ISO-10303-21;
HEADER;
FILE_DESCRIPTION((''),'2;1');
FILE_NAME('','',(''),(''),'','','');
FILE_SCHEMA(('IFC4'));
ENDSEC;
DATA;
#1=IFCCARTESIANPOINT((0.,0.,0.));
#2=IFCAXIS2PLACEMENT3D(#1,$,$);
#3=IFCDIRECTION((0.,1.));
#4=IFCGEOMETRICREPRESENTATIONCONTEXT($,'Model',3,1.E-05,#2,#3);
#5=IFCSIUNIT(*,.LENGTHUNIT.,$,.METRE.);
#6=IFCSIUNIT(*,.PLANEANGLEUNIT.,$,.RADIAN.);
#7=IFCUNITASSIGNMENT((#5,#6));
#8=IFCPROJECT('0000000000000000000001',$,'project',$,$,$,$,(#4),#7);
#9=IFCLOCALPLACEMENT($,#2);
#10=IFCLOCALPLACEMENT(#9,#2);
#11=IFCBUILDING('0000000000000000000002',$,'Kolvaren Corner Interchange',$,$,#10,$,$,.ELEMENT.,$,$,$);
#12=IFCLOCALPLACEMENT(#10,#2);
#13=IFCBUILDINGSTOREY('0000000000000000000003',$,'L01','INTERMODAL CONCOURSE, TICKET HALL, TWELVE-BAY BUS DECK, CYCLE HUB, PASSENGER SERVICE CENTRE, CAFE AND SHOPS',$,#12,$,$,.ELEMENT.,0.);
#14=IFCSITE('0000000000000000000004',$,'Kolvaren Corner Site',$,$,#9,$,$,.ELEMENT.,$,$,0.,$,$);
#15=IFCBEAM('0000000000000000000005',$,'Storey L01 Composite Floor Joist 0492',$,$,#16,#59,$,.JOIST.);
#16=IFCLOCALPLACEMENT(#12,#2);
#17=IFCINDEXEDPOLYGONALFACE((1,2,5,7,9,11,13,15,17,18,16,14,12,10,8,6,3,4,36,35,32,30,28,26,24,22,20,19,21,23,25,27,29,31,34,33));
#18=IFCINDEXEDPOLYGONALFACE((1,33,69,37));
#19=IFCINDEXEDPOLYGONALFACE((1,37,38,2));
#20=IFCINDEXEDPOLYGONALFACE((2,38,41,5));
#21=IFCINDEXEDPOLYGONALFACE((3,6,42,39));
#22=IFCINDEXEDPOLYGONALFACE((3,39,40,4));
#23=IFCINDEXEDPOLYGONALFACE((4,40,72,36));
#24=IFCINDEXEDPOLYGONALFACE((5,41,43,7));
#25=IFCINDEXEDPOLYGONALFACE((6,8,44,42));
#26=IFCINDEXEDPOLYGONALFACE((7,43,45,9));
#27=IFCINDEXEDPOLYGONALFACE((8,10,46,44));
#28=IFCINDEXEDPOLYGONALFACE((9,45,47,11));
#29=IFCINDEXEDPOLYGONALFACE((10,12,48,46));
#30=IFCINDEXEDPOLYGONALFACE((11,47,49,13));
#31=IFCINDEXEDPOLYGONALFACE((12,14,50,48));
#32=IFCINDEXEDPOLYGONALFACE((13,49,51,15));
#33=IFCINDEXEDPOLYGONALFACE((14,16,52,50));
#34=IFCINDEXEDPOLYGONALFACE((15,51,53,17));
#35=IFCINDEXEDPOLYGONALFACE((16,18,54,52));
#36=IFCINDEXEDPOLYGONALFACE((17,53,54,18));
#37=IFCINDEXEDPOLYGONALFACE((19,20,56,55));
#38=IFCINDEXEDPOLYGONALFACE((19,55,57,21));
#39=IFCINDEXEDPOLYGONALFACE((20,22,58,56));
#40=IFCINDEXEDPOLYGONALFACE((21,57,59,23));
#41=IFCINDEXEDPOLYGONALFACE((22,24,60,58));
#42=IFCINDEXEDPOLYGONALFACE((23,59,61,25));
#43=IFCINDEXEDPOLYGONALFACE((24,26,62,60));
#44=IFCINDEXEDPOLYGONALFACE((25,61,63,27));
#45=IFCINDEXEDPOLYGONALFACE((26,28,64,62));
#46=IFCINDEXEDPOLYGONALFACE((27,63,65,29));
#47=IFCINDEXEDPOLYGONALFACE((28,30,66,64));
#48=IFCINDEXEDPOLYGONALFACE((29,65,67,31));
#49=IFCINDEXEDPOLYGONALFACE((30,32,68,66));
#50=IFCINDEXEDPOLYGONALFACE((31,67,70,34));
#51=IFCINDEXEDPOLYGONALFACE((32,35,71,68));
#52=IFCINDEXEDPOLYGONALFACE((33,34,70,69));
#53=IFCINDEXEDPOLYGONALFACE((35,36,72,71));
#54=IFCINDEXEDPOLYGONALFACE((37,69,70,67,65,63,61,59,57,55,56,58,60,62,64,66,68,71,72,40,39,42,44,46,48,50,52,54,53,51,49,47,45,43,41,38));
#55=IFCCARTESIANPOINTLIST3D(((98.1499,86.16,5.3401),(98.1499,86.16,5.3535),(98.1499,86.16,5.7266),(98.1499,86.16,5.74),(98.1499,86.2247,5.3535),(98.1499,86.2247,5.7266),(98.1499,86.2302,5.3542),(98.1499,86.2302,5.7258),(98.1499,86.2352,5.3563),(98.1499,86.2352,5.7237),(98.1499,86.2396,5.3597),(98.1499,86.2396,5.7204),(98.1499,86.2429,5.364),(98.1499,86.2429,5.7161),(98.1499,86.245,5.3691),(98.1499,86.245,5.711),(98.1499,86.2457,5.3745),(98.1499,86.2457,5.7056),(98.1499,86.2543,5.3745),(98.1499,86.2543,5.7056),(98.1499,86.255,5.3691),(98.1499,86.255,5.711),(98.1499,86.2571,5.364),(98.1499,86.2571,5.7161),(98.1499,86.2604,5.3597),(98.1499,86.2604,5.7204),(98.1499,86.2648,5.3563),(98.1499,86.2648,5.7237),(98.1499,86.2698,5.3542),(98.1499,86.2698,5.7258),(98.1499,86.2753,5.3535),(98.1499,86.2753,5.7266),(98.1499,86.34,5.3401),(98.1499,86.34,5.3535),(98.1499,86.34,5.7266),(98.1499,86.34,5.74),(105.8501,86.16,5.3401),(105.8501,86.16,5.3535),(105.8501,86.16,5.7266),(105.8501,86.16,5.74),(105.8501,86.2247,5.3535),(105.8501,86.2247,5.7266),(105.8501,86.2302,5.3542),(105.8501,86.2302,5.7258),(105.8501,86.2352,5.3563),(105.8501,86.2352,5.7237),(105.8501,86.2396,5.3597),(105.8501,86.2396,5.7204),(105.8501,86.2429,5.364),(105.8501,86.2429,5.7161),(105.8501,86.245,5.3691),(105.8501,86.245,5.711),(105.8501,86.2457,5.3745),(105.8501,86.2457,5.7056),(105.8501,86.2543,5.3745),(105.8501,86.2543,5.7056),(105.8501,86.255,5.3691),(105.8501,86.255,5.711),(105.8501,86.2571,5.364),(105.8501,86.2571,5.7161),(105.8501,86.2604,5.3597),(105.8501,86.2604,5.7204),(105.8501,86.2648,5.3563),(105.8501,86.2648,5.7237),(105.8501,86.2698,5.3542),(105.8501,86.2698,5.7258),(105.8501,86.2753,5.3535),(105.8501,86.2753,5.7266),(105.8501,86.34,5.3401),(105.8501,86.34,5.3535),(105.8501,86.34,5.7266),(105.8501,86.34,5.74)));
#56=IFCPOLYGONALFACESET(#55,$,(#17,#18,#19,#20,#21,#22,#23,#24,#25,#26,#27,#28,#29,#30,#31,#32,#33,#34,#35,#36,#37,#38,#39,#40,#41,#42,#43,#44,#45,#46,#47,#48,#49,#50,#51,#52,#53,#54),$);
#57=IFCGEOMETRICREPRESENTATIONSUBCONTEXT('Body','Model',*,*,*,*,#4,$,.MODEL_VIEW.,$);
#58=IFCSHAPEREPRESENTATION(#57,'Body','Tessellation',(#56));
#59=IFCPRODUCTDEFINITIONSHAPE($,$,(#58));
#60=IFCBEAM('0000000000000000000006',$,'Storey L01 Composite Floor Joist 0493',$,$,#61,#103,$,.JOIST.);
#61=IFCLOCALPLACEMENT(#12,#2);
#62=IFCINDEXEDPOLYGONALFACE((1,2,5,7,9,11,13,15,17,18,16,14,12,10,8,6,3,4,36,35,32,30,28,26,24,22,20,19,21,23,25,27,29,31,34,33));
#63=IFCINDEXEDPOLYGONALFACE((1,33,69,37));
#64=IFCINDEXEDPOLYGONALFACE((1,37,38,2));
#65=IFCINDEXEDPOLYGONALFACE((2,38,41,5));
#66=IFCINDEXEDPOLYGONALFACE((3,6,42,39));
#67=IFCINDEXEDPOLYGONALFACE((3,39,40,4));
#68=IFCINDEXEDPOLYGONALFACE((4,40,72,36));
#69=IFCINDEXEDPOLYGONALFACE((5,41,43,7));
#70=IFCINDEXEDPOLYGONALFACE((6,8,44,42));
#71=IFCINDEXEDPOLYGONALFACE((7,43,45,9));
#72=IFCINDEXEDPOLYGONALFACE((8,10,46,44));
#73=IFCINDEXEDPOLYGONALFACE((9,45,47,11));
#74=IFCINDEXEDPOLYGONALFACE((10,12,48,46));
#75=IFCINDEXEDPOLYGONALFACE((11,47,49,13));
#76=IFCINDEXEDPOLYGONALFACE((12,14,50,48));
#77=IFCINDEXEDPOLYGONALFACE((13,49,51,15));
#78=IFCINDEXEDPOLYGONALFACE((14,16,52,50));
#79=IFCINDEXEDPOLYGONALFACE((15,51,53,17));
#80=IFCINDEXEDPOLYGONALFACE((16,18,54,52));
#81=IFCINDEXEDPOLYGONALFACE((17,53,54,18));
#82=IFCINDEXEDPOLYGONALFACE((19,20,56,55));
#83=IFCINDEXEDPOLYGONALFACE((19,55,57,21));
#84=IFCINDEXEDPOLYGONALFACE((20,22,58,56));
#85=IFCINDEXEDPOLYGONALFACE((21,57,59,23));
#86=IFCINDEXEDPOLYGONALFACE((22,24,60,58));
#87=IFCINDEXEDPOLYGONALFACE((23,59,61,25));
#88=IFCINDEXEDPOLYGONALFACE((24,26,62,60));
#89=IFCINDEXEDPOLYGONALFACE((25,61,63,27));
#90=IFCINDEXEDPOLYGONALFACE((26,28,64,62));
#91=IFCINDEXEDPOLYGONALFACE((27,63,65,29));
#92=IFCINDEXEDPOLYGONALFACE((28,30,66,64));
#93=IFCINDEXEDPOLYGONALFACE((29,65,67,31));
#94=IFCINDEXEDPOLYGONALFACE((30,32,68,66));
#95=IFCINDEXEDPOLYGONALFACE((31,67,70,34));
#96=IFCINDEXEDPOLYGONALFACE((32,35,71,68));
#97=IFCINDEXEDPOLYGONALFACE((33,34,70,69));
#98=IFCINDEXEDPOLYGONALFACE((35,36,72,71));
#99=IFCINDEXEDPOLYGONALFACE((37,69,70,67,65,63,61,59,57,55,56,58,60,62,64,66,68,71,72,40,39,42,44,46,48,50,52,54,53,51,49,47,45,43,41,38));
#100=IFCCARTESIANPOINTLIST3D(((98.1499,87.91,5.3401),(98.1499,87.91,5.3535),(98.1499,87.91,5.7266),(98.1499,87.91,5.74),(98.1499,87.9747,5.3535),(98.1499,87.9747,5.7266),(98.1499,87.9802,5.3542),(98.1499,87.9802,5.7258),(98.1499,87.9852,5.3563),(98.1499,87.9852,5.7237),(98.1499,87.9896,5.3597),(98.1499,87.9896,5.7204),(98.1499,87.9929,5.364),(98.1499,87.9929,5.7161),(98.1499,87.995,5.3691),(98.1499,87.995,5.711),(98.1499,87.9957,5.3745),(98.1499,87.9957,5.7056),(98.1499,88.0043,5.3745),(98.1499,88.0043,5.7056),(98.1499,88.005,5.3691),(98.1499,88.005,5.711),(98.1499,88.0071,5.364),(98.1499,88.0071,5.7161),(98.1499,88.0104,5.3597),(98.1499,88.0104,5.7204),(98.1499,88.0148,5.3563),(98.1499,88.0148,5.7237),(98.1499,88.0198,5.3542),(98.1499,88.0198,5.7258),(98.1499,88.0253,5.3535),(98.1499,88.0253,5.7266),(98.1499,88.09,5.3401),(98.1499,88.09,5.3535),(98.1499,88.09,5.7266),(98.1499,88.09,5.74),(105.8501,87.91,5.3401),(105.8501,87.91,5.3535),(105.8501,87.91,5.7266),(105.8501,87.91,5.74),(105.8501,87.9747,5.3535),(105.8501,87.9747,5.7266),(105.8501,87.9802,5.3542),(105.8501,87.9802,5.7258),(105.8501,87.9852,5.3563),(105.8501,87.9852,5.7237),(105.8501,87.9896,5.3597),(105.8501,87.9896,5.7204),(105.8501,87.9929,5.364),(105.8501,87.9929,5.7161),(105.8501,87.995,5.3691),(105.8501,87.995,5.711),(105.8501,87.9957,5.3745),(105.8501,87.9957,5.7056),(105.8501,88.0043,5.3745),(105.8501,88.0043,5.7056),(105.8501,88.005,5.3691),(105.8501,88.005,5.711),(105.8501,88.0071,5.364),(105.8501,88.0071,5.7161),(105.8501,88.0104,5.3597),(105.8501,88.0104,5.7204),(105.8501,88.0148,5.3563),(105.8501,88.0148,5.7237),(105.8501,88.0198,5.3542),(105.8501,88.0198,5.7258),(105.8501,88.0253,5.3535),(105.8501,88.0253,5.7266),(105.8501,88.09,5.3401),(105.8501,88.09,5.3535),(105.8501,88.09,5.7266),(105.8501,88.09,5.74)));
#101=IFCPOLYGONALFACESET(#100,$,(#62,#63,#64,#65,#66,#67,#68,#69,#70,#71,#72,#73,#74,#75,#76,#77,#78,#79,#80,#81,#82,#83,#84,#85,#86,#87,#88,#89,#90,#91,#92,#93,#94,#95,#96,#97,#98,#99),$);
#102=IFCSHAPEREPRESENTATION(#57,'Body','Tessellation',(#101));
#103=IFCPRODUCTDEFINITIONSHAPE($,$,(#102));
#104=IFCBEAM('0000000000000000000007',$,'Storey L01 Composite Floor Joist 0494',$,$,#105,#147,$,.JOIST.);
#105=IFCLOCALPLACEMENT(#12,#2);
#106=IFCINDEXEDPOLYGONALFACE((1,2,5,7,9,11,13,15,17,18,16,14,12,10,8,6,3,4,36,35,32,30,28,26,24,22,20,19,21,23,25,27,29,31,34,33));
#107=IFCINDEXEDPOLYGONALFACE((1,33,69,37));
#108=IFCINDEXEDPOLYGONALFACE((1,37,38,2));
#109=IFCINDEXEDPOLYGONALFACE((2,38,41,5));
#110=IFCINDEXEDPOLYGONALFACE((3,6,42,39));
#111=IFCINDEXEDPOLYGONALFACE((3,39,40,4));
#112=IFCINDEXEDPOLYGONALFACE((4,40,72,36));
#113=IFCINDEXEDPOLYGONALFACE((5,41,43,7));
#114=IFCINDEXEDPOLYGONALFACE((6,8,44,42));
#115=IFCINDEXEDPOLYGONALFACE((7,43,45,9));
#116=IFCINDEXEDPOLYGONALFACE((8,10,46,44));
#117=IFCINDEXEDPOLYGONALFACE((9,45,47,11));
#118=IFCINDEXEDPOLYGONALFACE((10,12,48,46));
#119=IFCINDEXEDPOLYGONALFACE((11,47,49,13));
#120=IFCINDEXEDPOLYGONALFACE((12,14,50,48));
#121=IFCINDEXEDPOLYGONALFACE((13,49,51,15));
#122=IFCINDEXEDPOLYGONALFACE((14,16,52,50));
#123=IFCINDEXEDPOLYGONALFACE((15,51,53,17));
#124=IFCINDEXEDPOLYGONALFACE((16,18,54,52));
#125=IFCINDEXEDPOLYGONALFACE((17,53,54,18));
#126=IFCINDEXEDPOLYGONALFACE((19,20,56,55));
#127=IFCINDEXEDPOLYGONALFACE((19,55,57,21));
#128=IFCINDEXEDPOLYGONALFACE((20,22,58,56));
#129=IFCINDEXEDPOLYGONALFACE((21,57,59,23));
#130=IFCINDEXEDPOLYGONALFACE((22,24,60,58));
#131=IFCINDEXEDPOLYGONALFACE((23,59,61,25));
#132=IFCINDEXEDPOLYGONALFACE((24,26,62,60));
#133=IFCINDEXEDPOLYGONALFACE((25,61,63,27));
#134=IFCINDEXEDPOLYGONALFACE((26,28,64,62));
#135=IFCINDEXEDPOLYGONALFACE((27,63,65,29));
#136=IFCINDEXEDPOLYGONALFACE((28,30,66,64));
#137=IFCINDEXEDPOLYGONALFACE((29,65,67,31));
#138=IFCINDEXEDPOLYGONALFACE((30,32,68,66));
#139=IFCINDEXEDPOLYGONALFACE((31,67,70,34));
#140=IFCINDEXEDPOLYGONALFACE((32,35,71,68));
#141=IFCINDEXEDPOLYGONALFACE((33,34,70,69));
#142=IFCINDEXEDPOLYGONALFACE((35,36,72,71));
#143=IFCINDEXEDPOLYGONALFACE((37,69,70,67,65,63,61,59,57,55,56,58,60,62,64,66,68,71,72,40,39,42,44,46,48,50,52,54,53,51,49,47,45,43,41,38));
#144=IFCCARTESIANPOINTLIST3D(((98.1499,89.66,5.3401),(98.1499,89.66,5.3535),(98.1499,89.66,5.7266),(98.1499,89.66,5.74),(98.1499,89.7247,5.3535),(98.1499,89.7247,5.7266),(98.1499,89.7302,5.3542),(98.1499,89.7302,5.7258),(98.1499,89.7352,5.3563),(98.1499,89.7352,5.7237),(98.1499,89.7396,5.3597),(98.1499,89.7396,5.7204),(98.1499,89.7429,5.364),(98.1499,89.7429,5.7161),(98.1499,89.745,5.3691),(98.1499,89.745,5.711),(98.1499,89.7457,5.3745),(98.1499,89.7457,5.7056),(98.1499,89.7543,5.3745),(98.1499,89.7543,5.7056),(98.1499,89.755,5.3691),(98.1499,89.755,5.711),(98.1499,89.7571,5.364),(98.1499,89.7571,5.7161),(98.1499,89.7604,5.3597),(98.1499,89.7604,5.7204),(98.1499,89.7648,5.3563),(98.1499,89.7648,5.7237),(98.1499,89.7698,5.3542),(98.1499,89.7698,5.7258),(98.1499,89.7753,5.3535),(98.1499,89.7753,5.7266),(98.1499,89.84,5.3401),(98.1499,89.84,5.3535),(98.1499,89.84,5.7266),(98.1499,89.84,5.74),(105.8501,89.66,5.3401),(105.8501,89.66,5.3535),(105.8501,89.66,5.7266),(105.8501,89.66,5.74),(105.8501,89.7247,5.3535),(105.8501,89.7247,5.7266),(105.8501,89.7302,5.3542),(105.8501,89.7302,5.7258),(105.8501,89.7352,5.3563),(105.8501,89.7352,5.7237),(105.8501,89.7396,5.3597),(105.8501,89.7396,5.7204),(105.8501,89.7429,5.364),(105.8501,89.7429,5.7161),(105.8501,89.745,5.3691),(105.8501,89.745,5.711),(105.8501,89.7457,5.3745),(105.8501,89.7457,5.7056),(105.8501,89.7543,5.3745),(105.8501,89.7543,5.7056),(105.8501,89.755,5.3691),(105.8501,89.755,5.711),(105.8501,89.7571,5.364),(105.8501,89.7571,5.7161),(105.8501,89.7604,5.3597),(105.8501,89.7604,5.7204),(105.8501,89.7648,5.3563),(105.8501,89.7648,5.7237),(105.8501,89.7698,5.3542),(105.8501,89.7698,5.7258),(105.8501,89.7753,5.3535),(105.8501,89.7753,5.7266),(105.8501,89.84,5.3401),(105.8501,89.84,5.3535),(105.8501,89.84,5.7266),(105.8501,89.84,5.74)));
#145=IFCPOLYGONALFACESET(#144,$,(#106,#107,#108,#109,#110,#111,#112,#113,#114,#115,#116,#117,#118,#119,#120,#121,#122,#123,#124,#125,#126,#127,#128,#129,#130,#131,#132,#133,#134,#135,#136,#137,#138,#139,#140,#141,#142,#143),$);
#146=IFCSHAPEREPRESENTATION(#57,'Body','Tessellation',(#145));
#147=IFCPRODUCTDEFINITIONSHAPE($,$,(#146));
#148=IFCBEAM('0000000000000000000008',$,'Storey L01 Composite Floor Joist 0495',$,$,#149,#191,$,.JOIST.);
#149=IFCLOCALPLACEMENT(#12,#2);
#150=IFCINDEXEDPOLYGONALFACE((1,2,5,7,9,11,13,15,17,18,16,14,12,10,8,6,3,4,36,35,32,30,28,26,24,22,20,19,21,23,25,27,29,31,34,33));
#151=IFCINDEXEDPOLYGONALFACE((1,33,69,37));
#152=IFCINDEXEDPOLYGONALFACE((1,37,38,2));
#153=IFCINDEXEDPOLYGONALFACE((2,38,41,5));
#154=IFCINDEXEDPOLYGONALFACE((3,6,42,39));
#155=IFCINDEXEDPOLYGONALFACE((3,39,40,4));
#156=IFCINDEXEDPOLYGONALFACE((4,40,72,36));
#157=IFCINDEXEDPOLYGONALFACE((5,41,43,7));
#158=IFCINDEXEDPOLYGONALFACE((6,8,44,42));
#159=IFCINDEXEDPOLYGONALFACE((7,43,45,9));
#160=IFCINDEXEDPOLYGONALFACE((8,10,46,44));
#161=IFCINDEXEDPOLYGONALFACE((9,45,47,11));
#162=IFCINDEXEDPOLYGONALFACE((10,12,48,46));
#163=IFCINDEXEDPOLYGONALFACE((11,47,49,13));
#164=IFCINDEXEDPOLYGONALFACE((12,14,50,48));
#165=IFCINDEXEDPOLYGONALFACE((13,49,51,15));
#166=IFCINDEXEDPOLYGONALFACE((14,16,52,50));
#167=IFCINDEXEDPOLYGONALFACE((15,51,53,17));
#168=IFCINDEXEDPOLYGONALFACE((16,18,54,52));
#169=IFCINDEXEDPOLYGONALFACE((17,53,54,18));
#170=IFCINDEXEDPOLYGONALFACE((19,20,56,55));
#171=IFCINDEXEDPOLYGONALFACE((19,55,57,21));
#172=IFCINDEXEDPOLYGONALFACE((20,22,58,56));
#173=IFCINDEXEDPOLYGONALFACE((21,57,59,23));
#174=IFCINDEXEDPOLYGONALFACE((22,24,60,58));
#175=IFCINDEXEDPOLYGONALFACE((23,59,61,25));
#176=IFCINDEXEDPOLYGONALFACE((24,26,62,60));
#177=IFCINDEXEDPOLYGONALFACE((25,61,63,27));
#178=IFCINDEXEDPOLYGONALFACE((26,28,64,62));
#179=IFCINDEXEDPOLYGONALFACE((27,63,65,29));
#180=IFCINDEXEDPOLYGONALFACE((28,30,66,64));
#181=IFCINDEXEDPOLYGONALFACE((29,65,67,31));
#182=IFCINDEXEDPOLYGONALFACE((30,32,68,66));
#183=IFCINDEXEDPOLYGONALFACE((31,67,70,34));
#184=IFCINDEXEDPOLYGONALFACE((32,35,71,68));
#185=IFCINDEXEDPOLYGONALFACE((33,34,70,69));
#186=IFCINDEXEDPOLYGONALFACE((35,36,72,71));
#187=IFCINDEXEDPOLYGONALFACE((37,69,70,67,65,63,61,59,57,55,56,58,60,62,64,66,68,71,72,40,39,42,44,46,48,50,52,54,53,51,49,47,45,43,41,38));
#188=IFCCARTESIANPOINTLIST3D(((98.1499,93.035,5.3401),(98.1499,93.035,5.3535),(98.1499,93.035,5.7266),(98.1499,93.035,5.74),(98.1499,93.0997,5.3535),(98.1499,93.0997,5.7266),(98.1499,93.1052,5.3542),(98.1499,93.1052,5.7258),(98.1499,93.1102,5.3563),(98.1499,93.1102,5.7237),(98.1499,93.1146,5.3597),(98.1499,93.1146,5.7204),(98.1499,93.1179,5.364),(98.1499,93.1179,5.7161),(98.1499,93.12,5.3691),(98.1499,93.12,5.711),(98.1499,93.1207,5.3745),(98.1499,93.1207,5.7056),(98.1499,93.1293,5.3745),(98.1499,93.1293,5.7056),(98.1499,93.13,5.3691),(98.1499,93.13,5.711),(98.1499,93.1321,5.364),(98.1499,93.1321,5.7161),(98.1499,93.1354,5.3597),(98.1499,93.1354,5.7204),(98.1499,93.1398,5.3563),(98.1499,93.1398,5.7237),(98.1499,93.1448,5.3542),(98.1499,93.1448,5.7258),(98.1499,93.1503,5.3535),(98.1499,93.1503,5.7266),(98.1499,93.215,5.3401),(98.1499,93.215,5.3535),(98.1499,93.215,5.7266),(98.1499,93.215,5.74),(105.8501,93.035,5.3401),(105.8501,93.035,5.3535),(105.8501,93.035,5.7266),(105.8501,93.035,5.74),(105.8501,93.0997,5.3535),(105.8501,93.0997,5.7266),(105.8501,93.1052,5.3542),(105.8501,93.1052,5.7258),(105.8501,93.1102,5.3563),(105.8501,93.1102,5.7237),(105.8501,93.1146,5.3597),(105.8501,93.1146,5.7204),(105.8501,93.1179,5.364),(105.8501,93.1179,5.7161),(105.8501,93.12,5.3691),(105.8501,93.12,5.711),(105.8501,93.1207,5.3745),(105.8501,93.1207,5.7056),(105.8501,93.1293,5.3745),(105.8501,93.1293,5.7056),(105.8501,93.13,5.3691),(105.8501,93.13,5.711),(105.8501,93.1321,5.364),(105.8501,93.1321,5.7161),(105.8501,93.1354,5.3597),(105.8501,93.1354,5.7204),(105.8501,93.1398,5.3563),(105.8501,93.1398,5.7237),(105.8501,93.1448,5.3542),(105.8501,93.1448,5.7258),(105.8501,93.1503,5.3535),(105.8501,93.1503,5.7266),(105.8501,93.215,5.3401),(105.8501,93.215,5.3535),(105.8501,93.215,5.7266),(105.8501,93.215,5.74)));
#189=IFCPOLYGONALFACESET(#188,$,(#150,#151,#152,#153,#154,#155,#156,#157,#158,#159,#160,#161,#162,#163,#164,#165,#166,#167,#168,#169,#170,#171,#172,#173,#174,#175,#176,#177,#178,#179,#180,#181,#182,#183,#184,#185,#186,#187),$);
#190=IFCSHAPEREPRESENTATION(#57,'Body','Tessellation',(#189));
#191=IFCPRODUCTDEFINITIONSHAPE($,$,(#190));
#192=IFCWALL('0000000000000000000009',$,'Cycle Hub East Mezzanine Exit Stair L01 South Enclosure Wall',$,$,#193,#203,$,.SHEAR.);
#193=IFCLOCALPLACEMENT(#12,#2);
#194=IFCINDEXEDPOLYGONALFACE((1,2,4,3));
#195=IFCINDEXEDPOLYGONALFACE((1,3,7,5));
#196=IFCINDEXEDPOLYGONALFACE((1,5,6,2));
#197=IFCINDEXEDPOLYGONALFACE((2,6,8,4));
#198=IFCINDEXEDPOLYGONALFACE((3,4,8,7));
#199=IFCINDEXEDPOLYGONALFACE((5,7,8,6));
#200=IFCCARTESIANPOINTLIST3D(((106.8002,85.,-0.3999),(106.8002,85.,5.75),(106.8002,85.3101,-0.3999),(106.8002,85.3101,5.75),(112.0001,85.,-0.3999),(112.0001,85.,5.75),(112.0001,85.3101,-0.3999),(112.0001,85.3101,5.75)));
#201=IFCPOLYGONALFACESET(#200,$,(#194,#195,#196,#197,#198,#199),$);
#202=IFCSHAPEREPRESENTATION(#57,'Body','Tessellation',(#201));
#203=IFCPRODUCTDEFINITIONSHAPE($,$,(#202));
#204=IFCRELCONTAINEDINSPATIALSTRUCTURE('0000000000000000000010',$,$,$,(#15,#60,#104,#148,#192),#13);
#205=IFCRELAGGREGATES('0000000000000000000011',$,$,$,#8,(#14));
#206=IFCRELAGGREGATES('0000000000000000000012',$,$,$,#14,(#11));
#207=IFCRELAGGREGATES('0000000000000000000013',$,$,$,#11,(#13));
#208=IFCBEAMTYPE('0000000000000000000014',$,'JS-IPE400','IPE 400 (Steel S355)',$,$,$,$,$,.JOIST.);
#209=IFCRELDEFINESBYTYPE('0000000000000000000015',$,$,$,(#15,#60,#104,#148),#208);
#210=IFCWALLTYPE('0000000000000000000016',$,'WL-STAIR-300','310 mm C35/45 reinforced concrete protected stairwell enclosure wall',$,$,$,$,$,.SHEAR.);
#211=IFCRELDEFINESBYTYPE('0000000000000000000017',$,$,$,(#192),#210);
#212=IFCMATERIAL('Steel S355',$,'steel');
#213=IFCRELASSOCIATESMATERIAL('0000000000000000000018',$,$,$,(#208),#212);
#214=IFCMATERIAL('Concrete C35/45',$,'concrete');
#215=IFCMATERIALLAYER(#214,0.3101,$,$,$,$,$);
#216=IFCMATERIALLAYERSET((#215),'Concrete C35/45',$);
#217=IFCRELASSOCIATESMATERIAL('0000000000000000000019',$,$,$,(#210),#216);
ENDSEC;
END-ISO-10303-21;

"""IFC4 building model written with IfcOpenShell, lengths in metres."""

from ifc_helpers import new_model, si_unit, direction, frame, frame_2d, origin, origin_2d, place, context, subcontext, project, spatial, rectangle, i_section, extrude, material, layer, layer_set, material_profile, profile_set, type_object, element, save


model = new_model("IFC4")

# Units and contexts
model_context = context("Model", 3, precision=1e-05, world=origin(), true_north=direction((0.0, 1.0)))
body_context = subcontext(model_context, "Body", "Model", "MODEL_VIEW")
ifc_project = project(units=[si_unit("LENGTHUNIT", "METRE"), si_unit("PLANEANGLEUNIT", "RADIAN")], contexts=[model_context])

# Site, building, storey
site_placement = place(None, origin())
site = spatial("IfcSite", under=ifc_project, at=site_placement, Name="Kolvaren Corner Site", CompositionType="ELEMENT", RefElevation=0.0)
building_placement = place(site_placement, origin())
building = spatial("IfcBuilding", under=site, at=building_placement, Name="Kolvaren Corner Interchange", CompositionType="ELEMENT")
storey_placement = place(building_placement, origin())
storey = spatial("IfcBuildingStorey", under=building, at=storey_placement, Name="L01", Description="INTERMODAL CONCOURSE, TICKET HALL, TWELVE-BAY BUS DECK, CYCLE HUB, PASSENGER SERVICE CENTRE, CAFE AND SHOPS", CompositionType="ELEMENT", Elevation=0.0)

# Beams
ifc_material_1 = material(Name="Steel S355", Category="steel")
ifc_material_profile_1 = material_profile(ifc_material_1, i_section(OverallWidth=0.1799, OverallDepth=0.3999, WebThickness=0.0085, FlangeThickness=0.0134, FilletRadius=0.021, at=origin_2d()), Name="IPE 400")
ifc_profile_set_1 = profile_set([ifc_material_profile_1], Name="Steel S355")
beam_type_1 = type_object("IfcBeamType", Name="JS-IPE400", Description="IPE 400 (Steel S355)", PredefinedType="JOIST", material=ifc_profile_set_1)
for number, where, z_axis, x_axis, name in (
    (1, (98.1499, 86.25, 5.54), (1.0, 0.0, 0.0), (0.0, 1.0, 0.0), "Storey L01 Composite Floor Joist 0492"),
    (2, (98.1499, 88.0, 5.54), (1.0, 0.0, 0.0), (0.0, 1.0, 0.0), "Storey L01 Composite Floor Joist 0493"),
    (3, (98.1499, 89.75, 5.54), (1.0, 0.0, 0.0), (0.0, 1.0, 0.0), "Storey L01 Composite Floor Joist 0494"),
    (4, (98.1499, 93.125, 5.54), (1.0, 0.0, 0.0), (0.0, 1.0, 0.0), "Storey L01 Composite Floor Joist 0495"),
):
    element("IfcBeam", number, at=place(storey_placement, frame(where, z_axis=z_axis, x_axis=x_axis)), inside=storey, type_object=beam_type_1, Name=name, PredefinedType="JOIST", context=body_context, shape_type="SweptSolid", body=[
        extrude(i_section(OverallWidth=0.1799, OverallDepth=0.3999, WebThickness=0.0085, FlangeThickness=0.0134, FilletRadius=0.021, at=origin_2d()), origin(), (0.0, 0.0, 1.0), 7.7002),
    ])

# Wall
ifc_material_2 = material(Name="Concrete C35/45", Category="concrete")
ifc_layer_1 = layer(ifc_material_2, 0.3101)
ifc_layer_set_1 = layer_set([ifc_layer_1], Name="Concrete C35/45")
wall_type_1 = type_object("IfcWallType", Name="WL-STAIR-300", Description="310 mm C35/45 reinforced concrete protected stairwell enclosure wall", PredefinedType="SHEAR", material=ifc_layer_set_1)
wall_1_placement = place(storey_placement, frame((106.8, 85.155, -0.3999), z_axis=(0.0, 0.0, 1.0), x_axis=(1.0, 0.0, 0.0)))
element("IfcWall", 5, at=wall_1_placement, inside=storey, type_object=wall_type_1, Name="Cycle Hub East Mezzanine Exit Stair L01 South Enclosure Wall", PredefinedType="SHEAR", context=body_context, shape_type="SweptSolid", body=[
    extrude(rectangle(XDim=5.2, YDim=0.3101, at=frame_2d((2.6001, 0.0))), origin(), (0.0, 0.0, 1.0), 6.1499),
])

save(model, "model.ifc")
